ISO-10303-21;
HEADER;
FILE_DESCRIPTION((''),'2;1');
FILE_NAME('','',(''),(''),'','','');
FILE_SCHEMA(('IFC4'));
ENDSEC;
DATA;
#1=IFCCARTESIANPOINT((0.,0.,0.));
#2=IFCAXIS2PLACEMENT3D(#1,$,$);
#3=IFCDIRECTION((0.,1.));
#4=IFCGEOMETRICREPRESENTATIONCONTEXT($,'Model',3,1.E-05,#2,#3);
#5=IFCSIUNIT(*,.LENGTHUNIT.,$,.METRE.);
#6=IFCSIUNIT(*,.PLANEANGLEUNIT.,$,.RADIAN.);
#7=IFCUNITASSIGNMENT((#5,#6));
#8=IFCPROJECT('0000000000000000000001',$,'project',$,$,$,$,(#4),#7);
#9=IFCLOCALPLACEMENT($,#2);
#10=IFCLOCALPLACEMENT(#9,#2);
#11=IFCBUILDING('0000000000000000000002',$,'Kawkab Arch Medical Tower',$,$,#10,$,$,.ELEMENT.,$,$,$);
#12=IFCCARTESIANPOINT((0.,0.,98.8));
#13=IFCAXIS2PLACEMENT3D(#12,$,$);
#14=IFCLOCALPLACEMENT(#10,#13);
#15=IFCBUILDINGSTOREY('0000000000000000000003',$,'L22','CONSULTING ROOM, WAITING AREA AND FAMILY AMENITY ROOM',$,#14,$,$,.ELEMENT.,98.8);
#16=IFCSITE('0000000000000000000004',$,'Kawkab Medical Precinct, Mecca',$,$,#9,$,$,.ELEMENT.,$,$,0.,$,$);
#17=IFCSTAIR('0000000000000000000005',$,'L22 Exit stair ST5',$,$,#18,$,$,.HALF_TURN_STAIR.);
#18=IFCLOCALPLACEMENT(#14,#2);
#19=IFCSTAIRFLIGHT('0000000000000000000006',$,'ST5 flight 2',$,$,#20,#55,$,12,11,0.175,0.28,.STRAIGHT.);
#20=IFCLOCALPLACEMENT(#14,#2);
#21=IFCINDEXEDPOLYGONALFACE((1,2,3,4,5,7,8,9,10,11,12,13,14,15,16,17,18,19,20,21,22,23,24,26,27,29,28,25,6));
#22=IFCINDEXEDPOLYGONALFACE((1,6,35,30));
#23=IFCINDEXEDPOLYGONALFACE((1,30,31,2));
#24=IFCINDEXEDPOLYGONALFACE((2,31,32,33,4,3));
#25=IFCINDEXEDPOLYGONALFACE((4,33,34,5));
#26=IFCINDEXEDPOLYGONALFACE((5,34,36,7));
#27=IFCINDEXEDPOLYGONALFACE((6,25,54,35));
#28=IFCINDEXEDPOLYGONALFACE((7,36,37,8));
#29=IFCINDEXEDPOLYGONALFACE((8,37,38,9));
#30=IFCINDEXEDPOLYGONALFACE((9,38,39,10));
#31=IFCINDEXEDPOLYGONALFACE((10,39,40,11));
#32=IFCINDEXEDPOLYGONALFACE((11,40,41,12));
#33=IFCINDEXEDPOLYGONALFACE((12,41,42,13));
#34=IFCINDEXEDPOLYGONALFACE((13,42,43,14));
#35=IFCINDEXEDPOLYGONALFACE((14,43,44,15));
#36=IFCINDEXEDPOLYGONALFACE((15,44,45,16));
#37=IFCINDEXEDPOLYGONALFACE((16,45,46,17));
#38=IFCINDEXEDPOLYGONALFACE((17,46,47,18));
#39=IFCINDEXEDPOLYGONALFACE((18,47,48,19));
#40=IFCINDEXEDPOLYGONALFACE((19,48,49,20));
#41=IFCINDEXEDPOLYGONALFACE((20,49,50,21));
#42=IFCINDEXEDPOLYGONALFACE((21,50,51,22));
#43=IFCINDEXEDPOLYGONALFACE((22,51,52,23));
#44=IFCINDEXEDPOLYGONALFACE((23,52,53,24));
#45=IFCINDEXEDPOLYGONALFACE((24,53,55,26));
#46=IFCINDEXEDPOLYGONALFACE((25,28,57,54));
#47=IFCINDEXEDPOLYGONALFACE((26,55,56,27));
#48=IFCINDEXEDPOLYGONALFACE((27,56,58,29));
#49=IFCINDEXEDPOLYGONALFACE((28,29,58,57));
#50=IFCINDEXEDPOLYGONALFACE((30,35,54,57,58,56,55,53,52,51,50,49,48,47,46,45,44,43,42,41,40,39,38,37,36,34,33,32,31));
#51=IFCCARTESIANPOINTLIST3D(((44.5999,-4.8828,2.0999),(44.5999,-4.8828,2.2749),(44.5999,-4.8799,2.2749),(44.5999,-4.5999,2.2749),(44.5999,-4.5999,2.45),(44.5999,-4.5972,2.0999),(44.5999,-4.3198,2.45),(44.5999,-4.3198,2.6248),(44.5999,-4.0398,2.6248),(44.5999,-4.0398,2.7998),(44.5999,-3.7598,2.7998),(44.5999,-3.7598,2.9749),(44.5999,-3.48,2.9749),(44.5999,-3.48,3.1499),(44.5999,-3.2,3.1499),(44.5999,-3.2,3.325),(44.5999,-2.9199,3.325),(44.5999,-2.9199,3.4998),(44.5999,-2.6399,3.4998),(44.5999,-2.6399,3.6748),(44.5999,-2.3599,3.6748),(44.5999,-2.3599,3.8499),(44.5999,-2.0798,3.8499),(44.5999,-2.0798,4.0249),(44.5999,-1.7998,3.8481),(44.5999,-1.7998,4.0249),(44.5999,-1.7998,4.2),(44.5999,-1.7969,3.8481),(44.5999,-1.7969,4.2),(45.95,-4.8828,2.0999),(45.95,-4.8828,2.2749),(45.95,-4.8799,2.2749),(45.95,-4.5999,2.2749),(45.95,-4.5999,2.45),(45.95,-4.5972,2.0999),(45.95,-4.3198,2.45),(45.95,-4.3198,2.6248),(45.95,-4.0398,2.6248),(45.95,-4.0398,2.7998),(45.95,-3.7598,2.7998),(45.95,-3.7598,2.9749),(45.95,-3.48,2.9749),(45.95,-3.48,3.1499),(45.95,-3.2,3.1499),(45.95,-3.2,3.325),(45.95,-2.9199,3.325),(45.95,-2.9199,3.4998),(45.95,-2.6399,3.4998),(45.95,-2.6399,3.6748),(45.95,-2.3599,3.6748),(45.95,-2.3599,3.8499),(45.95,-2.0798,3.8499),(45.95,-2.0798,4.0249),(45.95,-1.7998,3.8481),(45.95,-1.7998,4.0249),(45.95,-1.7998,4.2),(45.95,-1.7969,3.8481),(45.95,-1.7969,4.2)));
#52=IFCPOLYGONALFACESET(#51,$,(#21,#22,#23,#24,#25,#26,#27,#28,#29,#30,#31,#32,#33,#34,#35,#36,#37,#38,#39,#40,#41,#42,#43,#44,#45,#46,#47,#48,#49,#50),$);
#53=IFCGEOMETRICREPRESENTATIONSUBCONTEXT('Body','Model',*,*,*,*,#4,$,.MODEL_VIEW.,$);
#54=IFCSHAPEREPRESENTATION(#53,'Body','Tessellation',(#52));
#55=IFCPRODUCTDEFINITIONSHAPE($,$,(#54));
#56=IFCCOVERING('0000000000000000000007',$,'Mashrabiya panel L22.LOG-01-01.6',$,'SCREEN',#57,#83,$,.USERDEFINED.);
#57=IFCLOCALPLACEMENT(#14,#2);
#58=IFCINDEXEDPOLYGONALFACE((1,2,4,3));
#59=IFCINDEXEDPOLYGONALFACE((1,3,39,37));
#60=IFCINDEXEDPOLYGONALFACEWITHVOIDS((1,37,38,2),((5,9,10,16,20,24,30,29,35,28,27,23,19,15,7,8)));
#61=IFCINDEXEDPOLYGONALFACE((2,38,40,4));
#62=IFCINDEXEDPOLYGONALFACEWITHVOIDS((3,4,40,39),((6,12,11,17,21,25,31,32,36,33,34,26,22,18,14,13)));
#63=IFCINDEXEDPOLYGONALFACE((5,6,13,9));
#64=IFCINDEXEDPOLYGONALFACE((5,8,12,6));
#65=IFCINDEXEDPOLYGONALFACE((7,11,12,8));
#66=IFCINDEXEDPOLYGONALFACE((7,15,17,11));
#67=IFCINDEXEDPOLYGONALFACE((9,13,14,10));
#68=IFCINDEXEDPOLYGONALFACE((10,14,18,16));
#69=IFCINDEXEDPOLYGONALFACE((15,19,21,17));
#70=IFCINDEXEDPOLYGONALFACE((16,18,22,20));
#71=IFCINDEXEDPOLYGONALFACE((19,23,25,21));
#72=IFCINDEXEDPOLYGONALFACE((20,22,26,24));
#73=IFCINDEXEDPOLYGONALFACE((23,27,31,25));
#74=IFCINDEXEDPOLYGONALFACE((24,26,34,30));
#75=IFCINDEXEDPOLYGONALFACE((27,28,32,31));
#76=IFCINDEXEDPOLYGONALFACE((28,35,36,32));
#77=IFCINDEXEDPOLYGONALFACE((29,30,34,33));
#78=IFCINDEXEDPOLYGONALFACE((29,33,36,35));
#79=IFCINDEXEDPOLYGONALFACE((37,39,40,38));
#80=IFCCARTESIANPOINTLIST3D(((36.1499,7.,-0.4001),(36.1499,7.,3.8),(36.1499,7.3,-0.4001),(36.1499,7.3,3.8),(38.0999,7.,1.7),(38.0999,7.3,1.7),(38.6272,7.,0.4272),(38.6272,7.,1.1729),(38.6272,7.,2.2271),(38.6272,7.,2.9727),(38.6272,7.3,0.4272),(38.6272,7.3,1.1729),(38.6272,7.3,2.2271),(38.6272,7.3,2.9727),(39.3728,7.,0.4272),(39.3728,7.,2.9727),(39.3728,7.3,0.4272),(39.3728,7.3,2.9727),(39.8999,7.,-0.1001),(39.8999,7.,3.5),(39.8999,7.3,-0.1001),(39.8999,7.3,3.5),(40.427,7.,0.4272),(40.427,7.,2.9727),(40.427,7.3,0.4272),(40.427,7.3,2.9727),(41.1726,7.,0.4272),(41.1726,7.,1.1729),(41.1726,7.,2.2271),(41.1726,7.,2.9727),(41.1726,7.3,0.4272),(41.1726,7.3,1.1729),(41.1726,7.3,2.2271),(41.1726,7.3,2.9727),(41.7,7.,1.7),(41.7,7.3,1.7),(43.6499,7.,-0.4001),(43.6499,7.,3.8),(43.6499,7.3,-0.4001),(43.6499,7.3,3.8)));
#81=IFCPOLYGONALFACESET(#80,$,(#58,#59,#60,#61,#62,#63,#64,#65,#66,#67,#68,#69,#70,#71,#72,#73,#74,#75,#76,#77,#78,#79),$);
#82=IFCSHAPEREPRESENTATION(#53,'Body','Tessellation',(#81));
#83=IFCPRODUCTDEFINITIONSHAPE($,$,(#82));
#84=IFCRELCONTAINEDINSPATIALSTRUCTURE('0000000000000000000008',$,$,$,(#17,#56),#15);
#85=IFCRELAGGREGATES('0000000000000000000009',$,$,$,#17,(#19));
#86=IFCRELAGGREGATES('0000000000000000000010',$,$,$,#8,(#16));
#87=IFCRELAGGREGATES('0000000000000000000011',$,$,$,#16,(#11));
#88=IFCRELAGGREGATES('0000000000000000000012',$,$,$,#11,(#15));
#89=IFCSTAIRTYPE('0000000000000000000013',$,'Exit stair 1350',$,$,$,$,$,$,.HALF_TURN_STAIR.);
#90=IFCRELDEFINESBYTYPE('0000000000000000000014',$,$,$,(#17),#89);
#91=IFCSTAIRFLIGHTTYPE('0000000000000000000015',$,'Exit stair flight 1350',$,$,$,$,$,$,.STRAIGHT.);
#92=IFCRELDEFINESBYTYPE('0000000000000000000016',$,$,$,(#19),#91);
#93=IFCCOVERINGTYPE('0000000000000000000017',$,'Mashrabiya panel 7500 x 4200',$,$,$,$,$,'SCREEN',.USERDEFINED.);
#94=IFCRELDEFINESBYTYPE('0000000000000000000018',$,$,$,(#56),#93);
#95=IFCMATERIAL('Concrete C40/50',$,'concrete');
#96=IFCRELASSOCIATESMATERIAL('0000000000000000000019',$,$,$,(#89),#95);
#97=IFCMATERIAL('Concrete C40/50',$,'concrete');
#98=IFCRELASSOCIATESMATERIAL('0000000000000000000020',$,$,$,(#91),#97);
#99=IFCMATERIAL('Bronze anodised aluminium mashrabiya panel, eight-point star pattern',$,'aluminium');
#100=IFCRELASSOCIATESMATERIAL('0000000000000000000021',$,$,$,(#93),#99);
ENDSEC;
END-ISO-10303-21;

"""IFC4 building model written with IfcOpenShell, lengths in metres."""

from ifc_helpers import new_model, si_unit, direction, frame, origin, place, context, subcontext, project, spatial, polyline, outline, extrude, material, material_profile, profile_set, type_object, element, aggregate, save


model = new_model("IFC4")

# Units and contexts
model_context = context("Model", 3, precision=1e-05, world=origin(), true_north=direction((0.0, 1.0)))
body_context = subcontext(model_context, "Body", "Model", "MODEL_VIEW")
ifc_project = project(units=[si_unit("LENGTHUNIT", "METRE"), si_unit("PLANEANGLEUNIT", "RADIAN")], contexts=[model_context])

# Site, building, storey
site_placement = place(None, origin())
site = spatial("IfcSite", under=ifc_project, at=site_placement, Name="Kawkab Medical Precinct, Mecca", CompositionType="ELEMENT", RefElevation=0.0)
building_placement = place(site_placement, origin())
building = spatial("IfcBuilding", under=site, at=building_placement, Name="Kawkab Arch Medical Tower", CompositionType="ELEMENT")
storey_placement = place(building_placement, frame((0.0, 0.0, 98.8)))
storey = spatial("IfcBuildingStorey", under=building, at=storey_placement, Name="L22", Description="CONSULTING ROOM, WAITING AREA AND FAMILY AMENITY ROOM", CompositionType="ELEMENT", Elevation=98.8)

# Shared definitions
placement = place(storey_placement, origin())

# Stair, stair flight
ifc_material_1 = material(Name="Concrete C40/50", Category="concrete")
stair_type = type_object("IfcStairType", Name="Exit stair 1350", PredefinedType="HALF_TURN_STAIR", material=ifc_material_1)
stair = element("IfcStair", 1, at=placement, inside=storey, type_object=stair_type, Name="L22 Exit stair ST5", PredefinedType="HALF_TURN_STAIR")
ifc_material_2 = material(Name="Concrete C40/50", Category="concrete")
stair_flight_type = type_object("IfcStairFlightType", Name="Exit stair flight 1350", PredefinedType="STRAIGHT", material=ifc_material_2)
stair_flight_1_placement = place(storey_placement, frame((45.2749, -4.8799, 2.0999), z_axis=(0.0, 0.0, 1.0), x_axis=(0.0, 1.0, 0.0)))
stair_flight_1 = element("IfcStairFlight", 2, at=stair_flight_1_placement, type_object=stair_flight_type, Name="ST5 flight 2", NumberOfRisers=12, NumberOfTreads=11, PredefinedType="STRAIGHT", RiserHeight=0.175, TreadLength=0.28, context=body_context, shape_type="SweptSolid", body=[
    extrude(outline(polyline([(-0.0029, 0.0), (-0.0029, 0.175), (0.0, 0.175), (0.28, 0.175), (0.28, 0.3501), (0.5601, 0.3501), (0.5601, 0.5249), (0.8401, 0.5249), (0.8401, 0.7), (1.1201, 0.7), (1.1201, 0.875), (1.3999, 0.875), (1.3999, 1.05), (1.6799, 1.05), (1.6799, 1.2251), (1.96, 1.2251), (1.96, 1.3999), (2.24, 1.3999), (2.24, 1.575), (2.52, 1.575), (2.52, 1.75), (2.8, 1.75), (2.8, 1.925), (3.0801, 1.925), (3.0801, 2.1001), (3.083, 2.1001), (3.083, 1.7483), (3.0801, 1.7483), (0.2827, 0.0), (-0.0029, 0.0)])), frame((0.0, 0.675, 0.0), z_axis=(0.0, -1.0, 0.0), x_axis=(1.0, 0.0, 0.0)), (0.0, 0.0, 1.0), 1.3501),
])
aggregate(stair, [stair_flight_1])

# Covering
ifc_material_3 = material(Name="Bronze anodised aluminium mashrabiya panel, eight-point star pattern", Category="aluminium")
ifc_material_profile_1 = material_profile(ifc_material_3, outline(polyline([(-3.75, -2.1001), (3.75, -2.1001), (3.75, 2.1001), (-3.75, 2.1001), (-3.75, -2.1001)]), holes=[polyline([(1.8, 0.0), (1.2727, 0.5271), (1.2727, 1.2727), (0.5271, 1.2727), (0.0, 1.8), (-0.5271, 1.2727), (-1.2727, 1.2727), (-1.2727, 0.5271), (-1.8, 0.0), (-1.2727, -0.5271), (-1.2727, -1.2727), (-0.5271, -1.2727), (0.0, -1.8), (0.5271, -1.2727), (1.2727, -1.2727), (1.2727, -0.5271), (1.8, 0.0)])]), Name="Mashrabiya panel 7500x4200")
ifc_profile_set_1 = profile_set([ifc_material_profile_1], Name="Bronze anodised aluminium mashrabiya panel, eight-point star pattern")
covering_type = type_object("IfcCoveringType", Name="Mashrabiya panel 7500 x 4200", ElementType="SCREEN", PredefinedType="USERDEFINED", material=ifc_profile_set_1)
covering_placement = place(storey_placement, frame((39.8999, 7.0, 1.7), z_axis=(0.0, 1.0, 0.0), x_axis=(-1.0, 0.0, 0.0)))
element("IfcCovering", 3, at=covering_placement, inside=storey, type_object=covering_type, Name="Mashrabiya panel L22.LOG-01-01.6", ObjectType="SCREEN", PredefinedType="USERDEFINED", context=body_context, shape_type="SweptSolid", body=[
    extrude(outline(polyline([(-3.75, -2.1001), (3.75, -2.1001), (3.75, 2.1001), (-3.75, 2.1001), (-3.75, -2.1001)]), holes=[polyline([(1.8, 0.0), (1.2727, 0.5271), (1.2727, 1.2727), (0.5271, 1.2727), (0.0, 1.8), (-0.5271, 1.2727), (-1.2727, 1.2727), (-1.2727, 0.5271), (-1.8, 0.0), (-1.2727, -0.5271), (-1.2727, -1.2727), (-0.5271, -1.2727), (0.0, -1.8), (0.5271, -1.2727), (1.2727, -1.2727), (1.2727, -0.5271), (1.8, 0.0)])]), origin(), (0.0, 0.0, 1.0), 0.3),
])

save(model, "model.ifc")
